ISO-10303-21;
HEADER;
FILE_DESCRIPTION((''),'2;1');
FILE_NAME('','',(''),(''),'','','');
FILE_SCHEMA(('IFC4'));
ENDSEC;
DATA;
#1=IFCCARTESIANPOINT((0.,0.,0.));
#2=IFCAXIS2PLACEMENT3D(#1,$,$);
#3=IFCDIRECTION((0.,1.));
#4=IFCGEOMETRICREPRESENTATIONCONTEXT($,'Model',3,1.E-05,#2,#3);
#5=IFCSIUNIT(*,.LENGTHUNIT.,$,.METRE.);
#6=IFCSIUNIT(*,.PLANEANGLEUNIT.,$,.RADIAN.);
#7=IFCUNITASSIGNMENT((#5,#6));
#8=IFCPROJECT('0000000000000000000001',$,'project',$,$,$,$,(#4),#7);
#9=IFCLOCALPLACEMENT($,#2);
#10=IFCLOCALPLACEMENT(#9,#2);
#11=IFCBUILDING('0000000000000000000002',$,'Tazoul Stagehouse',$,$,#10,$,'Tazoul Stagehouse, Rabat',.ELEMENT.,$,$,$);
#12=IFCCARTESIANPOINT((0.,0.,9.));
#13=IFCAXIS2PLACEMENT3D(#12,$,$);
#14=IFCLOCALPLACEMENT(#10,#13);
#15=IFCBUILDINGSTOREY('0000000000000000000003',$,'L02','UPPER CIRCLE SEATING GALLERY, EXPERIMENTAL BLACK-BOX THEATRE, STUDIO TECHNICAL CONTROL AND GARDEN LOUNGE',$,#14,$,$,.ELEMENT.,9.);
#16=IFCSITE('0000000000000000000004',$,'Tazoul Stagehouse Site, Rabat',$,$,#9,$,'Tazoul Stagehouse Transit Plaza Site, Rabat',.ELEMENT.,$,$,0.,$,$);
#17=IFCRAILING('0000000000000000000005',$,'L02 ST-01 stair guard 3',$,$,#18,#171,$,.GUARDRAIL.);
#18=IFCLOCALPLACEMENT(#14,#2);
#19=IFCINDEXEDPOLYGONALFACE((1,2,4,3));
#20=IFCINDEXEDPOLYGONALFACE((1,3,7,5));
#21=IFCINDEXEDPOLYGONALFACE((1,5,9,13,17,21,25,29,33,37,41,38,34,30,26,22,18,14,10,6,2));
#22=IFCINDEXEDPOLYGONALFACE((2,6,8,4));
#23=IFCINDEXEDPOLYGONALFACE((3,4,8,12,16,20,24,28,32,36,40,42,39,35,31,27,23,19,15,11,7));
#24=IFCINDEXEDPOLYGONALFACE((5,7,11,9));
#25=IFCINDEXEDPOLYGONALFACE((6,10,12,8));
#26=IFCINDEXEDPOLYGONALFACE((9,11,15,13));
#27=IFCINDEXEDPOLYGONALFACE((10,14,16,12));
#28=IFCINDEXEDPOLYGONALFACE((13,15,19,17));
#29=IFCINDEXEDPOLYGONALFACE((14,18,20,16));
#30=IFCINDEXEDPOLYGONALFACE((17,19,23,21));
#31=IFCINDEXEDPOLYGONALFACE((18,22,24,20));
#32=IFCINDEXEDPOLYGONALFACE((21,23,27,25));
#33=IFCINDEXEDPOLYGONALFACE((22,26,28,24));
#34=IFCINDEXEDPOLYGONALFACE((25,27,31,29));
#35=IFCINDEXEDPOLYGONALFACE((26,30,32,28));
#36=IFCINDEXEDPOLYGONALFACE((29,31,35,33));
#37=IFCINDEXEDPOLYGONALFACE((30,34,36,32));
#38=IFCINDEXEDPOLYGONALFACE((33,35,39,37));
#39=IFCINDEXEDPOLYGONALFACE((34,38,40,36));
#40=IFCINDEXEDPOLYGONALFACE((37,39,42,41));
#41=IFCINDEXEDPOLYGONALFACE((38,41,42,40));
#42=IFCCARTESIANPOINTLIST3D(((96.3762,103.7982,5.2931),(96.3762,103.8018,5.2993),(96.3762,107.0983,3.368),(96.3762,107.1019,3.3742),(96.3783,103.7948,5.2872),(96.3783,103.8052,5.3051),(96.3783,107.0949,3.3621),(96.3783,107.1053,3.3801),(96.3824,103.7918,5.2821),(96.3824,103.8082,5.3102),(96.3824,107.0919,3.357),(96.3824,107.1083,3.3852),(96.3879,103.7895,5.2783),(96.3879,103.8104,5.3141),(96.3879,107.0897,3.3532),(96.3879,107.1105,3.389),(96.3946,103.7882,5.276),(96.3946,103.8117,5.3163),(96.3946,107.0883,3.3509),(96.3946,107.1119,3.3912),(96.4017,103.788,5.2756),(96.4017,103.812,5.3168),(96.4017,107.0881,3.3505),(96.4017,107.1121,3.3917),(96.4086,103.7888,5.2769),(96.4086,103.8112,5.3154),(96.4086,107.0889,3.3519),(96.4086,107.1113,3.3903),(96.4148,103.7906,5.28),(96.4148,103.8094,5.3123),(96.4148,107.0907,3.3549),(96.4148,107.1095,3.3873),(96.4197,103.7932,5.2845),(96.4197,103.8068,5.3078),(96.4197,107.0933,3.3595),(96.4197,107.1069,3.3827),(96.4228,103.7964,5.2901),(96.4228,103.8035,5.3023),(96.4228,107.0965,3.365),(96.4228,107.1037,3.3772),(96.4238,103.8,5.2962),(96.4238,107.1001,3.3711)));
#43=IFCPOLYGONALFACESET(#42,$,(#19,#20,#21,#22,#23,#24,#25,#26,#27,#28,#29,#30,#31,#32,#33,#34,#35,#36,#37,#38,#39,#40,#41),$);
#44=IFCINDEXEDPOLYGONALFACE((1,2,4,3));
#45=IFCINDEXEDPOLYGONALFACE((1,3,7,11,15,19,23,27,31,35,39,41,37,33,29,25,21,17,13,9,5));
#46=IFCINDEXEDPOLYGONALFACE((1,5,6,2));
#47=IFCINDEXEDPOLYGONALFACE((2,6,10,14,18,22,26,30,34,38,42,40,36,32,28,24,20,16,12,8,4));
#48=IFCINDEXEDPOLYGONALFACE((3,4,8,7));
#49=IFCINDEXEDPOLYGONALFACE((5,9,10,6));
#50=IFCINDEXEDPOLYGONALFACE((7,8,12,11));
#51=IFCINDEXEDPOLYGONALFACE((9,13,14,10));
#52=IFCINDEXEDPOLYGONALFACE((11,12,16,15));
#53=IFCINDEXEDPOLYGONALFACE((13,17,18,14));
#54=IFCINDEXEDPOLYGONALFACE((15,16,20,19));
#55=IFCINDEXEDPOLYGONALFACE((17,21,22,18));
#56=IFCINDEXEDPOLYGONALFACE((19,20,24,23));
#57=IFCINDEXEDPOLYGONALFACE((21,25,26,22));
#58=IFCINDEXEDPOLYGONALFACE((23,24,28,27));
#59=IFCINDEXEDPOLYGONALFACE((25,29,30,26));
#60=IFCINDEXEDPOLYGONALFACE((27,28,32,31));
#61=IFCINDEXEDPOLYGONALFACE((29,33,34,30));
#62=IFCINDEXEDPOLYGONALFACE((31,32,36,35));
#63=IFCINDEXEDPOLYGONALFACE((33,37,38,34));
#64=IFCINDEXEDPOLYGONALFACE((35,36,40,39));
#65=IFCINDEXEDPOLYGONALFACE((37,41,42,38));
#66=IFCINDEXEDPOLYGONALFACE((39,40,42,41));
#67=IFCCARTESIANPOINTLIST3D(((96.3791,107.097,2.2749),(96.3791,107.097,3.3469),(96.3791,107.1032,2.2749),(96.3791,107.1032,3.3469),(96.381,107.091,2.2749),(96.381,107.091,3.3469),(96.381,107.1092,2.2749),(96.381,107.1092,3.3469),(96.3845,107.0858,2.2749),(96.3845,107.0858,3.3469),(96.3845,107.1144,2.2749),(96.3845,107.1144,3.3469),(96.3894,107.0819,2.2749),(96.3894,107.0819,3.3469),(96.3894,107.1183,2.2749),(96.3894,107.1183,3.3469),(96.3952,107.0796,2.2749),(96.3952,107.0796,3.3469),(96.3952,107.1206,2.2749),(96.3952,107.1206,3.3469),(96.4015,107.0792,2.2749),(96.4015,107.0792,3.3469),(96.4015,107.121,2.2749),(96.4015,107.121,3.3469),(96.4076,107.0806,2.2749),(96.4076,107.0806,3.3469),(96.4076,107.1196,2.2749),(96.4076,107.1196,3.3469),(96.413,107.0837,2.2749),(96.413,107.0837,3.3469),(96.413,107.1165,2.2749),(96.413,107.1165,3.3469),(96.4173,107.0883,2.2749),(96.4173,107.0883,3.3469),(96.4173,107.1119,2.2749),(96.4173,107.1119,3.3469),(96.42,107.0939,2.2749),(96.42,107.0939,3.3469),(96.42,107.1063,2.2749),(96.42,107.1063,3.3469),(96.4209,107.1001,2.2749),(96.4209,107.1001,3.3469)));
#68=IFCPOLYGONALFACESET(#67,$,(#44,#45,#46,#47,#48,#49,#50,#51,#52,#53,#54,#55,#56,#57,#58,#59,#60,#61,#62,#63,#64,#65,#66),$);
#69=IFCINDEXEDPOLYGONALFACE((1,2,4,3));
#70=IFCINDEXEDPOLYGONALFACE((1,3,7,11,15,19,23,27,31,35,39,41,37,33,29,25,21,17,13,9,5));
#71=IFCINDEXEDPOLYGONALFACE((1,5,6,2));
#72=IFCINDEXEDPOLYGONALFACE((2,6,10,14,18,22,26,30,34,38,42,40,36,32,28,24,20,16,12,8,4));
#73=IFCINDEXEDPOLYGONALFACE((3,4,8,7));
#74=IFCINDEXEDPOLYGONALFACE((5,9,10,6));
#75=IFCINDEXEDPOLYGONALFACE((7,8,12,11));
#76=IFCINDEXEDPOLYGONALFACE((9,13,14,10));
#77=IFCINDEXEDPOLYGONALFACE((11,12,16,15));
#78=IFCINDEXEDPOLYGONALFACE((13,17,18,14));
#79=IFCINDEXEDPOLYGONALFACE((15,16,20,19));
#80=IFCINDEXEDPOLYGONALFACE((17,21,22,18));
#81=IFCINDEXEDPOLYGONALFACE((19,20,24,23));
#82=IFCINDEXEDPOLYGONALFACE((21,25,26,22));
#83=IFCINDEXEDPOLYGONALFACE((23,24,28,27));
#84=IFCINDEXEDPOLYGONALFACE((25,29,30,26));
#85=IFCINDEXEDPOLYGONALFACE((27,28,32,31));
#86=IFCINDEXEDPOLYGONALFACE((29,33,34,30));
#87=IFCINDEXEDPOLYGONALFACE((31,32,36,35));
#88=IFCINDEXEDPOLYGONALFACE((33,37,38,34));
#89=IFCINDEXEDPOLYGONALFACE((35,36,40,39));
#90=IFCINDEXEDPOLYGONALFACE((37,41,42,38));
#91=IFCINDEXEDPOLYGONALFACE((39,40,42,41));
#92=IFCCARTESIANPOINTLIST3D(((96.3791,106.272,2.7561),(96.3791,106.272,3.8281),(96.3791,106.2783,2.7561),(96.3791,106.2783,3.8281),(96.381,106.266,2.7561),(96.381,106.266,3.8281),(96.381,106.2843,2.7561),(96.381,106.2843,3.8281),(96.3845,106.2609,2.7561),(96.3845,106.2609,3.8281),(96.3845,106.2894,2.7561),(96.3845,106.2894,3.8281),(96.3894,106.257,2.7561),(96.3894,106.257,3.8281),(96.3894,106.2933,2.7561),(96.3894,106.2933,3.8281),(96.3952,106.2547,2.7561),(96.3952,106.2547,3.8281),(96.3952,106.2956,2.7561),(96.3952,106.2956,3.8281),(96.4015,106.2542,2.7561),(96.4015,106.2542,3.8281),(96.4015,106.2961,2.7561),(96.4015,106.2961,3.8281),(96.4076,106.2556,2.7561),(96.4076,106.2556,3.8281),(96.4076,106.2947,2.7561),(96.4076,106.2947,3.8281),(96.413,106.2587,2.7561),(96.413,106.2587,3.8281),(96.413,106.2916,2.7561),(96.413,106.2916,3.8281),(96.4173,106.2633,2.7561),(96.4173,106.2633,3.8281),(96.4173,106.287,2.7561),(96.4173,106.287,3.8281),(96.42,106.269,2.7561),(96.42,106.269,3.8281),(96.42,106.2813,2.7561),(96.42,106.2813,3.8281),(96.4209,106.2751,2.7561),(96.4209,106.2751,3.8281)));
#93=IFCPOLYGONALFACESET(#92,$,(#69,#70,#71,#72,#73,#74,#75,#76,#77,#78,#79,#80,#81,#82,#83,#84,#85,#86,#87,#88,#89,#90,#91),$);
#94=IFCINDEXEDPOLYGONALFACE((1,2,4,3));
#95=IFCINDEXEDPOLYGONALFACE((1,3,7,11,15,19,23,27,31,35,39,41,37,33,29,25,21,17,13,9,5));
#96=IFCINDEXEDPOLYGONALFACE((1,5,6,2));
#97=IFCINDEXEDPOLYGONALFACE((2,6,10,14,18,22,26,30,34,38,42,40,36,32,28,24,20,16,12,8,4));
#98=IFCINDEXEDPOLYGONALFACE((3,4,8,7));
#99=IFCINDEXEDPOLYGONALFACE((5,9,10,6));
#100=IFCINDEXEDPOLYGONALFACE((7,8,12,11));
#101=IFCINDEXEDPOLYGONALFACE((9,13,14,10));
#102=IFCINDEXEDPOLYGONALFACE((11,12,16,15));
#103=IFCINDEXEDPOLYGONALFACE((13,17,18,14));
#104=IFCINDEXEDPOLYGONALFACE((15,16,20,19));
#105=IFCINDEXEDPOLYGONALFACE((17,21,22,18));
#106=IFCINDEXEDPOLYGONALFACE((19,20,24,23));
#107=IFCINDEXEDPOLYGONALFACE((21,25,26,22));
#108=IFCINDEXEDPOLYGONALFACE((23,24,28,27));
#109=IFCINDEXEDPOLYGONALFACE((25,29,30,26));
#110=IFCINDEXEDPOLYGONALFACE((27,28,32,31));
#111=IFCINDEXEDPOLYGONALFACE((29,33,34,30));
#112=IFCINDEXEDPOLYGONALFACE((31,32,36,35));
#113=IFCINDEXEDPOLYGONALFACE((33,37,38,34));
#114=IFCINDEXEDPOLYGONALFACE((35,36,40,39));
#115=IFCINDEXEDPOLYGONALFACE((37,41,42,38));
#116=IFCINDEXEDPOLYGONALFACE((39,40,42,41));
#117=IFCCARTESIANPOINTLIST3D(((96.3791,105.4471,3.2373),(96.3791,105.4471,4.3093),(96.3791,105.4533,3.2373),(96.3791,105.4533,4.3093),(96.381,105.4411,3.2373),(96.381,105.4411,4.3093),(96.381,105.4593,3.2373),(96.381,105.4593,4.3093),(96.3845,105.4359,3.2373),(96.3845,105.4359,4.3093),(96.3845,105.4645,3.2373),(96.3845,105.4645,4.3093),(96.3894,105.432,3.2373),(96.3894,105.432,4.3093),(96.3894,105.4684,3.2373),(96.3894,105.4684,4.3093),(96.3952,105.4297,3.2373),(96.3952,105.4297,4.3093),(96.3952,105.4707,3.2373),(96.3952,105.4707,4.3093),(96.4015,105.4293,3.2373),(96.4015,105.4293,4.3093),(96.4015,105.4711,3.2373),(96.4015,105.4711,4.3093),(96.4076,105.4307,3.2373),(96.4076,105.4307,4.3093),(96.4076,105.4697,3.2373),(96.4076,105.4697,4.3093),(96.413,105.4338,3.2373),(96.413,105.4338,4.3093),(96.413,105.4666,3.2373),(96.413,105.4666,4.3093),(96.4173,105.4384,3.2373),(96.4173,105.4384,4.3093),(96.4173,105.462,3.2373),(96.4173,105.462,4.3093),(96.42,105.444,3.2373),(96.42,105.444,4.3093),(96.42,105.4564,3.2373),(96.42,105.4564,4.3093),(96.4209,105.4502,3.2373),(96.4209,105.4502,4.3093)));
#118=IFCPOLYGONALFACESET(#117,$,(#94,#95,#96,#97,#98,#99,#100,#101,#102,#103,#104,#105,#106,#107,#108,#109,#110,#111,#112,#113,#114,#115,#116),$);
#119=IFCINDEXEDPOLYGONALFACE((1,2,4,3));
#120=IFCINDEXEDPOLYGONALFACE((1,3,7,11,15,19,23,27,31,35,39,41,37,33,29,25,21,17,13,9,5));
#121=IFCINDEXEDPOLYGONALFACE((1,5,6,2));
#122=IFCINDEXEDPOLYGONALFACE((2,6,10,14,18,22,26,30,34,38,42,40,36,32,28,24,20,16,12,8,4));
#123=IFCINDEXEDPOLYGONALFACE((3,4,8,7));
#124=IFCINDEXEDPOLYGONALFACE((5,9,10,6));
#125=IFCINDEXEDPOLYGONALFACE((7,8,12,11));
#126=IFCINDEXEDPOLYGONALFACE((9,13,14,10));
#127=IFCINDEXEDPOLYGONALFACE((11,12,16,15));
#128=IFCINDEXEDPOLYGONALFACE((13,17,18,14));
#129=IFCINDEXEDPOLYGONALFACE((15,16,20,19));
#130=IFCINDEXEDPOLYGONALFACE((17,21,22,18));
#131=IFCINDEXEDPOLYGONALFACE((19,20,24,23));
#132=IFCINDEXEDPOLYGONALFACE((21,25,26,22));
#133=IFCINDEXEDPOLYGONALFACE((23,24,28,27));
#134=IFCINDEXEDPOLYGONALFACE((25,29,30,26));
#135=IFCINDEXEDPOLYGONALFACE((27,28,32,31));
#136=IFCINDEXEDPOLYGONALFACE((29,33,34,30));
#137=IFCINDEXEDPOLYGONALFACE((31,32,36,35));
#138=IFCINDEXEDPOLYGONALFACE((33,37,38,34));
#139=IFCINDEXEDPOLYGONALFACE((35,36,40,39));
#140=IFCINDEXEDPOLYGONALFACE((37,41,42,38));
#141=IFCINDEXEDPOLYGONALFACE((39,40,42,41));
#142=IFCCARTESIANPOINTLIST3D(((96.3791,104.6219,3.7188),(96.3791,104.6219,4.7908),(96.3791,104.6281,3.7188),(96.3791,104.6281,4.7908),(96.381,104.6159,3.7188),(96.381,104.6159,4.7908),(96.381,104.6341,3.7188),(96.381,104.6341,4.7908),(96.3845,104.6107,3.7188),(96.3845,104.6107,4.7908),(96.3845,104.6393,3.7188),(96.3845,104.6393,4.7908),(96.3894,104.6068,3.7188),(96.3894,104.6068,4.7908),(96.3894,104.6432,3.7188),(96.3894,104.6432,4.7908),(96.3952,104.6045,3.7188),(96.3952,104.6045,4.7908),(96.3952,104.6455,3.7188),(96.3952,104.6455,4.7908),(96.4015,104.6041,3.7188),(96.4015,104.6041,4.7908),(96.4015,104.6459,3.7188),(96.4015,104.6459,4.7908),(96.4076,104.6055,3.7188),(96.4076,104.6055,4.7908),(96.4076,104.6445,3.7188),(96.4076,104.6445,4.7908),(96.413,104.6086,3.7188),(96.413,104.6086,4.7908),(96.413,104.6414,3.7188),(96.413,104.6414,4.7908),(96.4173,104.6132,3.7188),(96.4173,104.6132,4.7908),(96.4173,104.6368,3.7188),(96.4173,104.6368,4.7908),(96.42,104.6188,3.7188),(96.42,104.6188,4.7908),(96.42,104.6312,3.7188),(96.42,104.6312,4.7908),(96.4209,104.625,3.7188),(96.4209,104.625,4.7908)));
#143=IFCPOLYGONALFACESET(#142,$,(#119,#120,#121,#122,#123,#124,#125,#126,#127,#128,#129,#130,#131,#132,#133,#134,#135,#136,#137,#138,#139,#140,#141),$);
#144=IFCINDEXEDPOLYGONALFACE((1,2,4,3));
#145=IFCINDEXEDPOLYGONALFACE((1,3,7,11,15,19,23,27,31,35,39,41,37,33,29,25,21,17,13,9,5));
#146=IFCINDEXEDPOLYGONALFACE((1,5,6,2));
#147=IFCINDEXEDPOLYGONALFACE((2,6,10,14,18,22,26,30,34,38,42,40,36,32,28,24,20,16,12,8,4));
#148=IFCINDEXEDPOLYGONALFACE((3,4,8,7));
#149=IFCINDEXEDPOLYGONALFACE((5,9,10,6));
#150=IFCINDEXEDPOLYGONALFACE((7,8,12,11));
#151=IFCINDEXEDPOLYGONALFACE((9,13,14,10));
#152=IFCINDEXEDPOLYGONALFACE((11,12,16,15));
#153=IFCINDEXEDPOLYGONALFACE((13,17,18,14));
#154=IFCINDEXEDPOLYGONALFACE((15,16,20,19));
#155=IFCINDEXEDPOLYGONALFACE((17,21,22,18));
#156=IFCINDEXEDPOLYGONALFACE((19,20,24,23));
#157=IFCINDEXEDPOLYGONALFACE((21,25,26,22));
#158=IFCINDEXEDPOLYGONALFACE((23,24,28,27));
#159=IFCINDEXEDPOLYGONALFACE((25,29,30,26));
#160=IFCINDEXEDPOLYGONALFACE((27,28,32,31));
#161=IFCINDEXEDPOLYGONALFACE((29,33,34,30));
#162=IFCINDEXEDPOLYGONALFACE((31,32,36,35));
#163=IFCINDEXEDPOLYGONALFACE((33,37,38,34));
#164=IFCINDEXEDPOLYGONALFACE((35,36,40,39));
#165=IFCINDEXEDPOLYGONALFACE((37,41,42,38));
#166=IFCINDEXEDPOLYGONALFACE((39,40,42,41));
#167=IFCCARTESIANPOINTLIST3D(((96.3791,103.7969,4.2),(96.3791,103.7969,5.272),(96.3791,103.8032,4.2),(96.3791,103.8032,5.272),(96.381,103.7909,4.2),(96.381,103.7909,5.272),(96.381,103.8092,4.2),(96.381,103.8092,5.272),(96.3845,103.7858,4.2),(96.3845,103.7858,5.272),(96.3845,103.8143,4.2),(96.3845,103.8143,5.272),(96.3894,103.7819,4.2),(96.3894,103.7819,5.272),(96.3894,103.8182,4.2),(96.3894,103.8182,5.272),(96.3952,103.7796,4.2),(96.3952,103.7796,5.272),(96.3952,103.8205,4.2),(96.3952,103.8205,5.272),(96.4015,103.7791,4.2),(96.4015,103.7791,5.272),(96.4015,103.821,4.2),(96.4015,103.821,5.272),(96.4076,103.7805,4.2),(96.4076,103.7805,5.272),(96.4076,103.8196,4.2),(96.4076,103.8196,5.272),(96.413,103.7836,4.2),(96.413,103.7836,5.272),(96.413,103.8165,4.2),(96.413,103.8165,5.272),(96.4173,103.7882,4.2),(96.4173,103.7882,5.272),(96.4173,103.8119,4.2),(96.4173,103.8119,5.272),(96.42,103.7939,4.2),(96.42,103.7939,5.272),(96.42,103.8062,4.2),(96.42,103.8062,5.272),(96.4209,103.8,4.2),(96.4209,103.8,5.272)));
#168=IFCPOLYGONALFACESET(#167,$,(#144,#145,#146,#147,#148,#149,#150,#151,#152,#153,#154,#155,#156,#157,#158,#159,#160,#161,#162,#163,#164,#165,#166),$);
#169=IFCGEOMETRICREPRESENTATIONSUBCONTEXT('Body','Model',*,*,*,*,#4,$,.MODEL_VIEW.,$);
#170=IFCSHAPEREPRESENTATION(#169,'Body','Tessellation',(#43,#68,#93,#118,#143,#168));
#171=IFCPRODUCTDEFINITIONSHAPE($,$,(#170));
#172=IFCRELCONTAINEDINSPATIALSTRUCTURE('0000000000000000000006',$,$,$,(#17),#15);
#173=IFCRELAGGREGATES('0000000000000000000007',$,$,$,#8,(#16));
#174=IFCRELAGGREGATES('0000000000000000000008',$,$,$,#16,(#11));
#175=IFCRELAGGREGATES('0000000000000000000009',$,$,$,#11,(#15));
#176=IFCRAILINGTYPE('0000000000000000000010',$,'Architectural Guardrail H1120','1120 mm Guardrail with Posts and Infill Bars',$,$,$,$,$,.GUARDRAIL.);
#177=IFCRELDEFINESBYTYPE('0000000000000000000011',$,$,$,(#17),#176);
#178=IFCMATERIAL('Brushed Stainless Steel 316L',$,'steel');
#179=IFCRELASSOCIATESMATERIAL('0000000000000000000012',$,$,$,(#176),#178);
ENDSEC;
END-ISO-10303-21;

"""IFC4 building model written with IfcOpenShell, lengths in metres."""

from ifc_helpers import new_model, si_unit, direction, frame, origin, origin_2d, place, context, subcontext, project, spatial, circle, extrude, material, material_profile, profile_set, type_object, element, save


model = new_model("IFC4")

# Units and contexts
model_context = context("Model", 3, precision=1e-05, world=origin(), true_north=direction((0.0, 1.0)))
body_context = subcontext(model_context, "Body", "Model", "MODEL_VIEW")
ifc_project = project(units=[si_unit("LENGTHUNIT", "METRE"), si_unit("PLANEANGLEUNIT", "RADIAN")], contexts=[model_context])

# Site, building, storey
site_placement = place(None, origin())
site = spatial("IfcSite", under=ifc_project, at=site_placement, Name="Tazoul Stagehouse Site, Rabat", LongName="Tazoul Stagehouse Transit Plaza Site, Rabat", CompositionType="ELEMENT", RefElevation=0.0)
building_placement = place(site_placement, origin())
building = spatial("IfcBuilding", under=site, at=building_placement, Name="Tazoul Stagehouse", LongName="Tazoul Stagehouse, Rabat", CompositionType="ELEMENT")
storey_placement = place(building_placement, frame((0.0, 0.0, 9.0)))
storey = spatial("IfcBuildingStorey", under=building, at=storey_placement, Name="L02", Description="UPPER CIRCLE SEATING GALLERY, EXPERIMENTAL BLACK-BOX THEATRE, STUDIO TECHNICAL CONTROL AND GARDEN LOUNGE", CompositionType="ELEMENT", Elevation=9.0)

# Railing
ifc_material_1 = material(Name="Brushed Stainless Steel 316L", Category="steel")
ifc_material_profile_1 = material_profile(ifc_material_1, circle(Radius=0.0239, at=origin_2d()), Name="SS RAIL D48")
ifc_profile_set_1 = profile_set([ifc_material_profile_1], Name="Brushed Stainless Steel 316L")
railing_type = type_object("IfcRailingType", Name="Architectural Guardrail H1120", Description="1120 mm Guardrail with Posts and Infill Bars", PredefinedType="GUARDRAIL", material=ifc_profile_set_1)
railing_1_placement = place(storey_placement, frame((96.3999, 107.1001, 2.2749)))
element("IfcRailing", 1, at=railing_1_placement, inside=storey, type_object=railing_type, Name="L02 ST-01 stair guard 3", PredefinedType="GUARDRAIL", context=body_context, shape_type="SweptSolid", body=[
    extrude(circle(Radius=0.0239, at=origin_2d()), frame((0.0, 0.0, 1.0962), z_axis=(0.0, -0.863777, 0.503875), x_axis=(1.0, 0.0, 0.0)), (0.0, 0.0, 1.0), 3.8206),
    extrude(circle(Radius=0.021, at=origin_2d()), origin(), (0.0, 0.0, 1.0), 1.072),
    extrude(circle(Radius=0.021, at=origin_2d()), frame((0.0, -0.825, 0.4812)), (0.0, 0.0, 1.0), 1.072),
    extrude(circle(Radius=0.021, at=origin_2d()), frame((0.0, -1.6499, 0.9624)), (0.0, 0.0, 1.0), 1.072),
    extrude(circle(Radius=0.021, at=origin_2d()), frame((0.0, -2.4751, 1.4438)), (0.0, 0.0, 1.0), 1.072),
    extrude(circle(Radius=0.021, at=origin_2d()), frame((0.0, -3.3, 1.925)), (0.0, 0.0, 1.0), 1.072),
])

save(model, "model.ifc")
